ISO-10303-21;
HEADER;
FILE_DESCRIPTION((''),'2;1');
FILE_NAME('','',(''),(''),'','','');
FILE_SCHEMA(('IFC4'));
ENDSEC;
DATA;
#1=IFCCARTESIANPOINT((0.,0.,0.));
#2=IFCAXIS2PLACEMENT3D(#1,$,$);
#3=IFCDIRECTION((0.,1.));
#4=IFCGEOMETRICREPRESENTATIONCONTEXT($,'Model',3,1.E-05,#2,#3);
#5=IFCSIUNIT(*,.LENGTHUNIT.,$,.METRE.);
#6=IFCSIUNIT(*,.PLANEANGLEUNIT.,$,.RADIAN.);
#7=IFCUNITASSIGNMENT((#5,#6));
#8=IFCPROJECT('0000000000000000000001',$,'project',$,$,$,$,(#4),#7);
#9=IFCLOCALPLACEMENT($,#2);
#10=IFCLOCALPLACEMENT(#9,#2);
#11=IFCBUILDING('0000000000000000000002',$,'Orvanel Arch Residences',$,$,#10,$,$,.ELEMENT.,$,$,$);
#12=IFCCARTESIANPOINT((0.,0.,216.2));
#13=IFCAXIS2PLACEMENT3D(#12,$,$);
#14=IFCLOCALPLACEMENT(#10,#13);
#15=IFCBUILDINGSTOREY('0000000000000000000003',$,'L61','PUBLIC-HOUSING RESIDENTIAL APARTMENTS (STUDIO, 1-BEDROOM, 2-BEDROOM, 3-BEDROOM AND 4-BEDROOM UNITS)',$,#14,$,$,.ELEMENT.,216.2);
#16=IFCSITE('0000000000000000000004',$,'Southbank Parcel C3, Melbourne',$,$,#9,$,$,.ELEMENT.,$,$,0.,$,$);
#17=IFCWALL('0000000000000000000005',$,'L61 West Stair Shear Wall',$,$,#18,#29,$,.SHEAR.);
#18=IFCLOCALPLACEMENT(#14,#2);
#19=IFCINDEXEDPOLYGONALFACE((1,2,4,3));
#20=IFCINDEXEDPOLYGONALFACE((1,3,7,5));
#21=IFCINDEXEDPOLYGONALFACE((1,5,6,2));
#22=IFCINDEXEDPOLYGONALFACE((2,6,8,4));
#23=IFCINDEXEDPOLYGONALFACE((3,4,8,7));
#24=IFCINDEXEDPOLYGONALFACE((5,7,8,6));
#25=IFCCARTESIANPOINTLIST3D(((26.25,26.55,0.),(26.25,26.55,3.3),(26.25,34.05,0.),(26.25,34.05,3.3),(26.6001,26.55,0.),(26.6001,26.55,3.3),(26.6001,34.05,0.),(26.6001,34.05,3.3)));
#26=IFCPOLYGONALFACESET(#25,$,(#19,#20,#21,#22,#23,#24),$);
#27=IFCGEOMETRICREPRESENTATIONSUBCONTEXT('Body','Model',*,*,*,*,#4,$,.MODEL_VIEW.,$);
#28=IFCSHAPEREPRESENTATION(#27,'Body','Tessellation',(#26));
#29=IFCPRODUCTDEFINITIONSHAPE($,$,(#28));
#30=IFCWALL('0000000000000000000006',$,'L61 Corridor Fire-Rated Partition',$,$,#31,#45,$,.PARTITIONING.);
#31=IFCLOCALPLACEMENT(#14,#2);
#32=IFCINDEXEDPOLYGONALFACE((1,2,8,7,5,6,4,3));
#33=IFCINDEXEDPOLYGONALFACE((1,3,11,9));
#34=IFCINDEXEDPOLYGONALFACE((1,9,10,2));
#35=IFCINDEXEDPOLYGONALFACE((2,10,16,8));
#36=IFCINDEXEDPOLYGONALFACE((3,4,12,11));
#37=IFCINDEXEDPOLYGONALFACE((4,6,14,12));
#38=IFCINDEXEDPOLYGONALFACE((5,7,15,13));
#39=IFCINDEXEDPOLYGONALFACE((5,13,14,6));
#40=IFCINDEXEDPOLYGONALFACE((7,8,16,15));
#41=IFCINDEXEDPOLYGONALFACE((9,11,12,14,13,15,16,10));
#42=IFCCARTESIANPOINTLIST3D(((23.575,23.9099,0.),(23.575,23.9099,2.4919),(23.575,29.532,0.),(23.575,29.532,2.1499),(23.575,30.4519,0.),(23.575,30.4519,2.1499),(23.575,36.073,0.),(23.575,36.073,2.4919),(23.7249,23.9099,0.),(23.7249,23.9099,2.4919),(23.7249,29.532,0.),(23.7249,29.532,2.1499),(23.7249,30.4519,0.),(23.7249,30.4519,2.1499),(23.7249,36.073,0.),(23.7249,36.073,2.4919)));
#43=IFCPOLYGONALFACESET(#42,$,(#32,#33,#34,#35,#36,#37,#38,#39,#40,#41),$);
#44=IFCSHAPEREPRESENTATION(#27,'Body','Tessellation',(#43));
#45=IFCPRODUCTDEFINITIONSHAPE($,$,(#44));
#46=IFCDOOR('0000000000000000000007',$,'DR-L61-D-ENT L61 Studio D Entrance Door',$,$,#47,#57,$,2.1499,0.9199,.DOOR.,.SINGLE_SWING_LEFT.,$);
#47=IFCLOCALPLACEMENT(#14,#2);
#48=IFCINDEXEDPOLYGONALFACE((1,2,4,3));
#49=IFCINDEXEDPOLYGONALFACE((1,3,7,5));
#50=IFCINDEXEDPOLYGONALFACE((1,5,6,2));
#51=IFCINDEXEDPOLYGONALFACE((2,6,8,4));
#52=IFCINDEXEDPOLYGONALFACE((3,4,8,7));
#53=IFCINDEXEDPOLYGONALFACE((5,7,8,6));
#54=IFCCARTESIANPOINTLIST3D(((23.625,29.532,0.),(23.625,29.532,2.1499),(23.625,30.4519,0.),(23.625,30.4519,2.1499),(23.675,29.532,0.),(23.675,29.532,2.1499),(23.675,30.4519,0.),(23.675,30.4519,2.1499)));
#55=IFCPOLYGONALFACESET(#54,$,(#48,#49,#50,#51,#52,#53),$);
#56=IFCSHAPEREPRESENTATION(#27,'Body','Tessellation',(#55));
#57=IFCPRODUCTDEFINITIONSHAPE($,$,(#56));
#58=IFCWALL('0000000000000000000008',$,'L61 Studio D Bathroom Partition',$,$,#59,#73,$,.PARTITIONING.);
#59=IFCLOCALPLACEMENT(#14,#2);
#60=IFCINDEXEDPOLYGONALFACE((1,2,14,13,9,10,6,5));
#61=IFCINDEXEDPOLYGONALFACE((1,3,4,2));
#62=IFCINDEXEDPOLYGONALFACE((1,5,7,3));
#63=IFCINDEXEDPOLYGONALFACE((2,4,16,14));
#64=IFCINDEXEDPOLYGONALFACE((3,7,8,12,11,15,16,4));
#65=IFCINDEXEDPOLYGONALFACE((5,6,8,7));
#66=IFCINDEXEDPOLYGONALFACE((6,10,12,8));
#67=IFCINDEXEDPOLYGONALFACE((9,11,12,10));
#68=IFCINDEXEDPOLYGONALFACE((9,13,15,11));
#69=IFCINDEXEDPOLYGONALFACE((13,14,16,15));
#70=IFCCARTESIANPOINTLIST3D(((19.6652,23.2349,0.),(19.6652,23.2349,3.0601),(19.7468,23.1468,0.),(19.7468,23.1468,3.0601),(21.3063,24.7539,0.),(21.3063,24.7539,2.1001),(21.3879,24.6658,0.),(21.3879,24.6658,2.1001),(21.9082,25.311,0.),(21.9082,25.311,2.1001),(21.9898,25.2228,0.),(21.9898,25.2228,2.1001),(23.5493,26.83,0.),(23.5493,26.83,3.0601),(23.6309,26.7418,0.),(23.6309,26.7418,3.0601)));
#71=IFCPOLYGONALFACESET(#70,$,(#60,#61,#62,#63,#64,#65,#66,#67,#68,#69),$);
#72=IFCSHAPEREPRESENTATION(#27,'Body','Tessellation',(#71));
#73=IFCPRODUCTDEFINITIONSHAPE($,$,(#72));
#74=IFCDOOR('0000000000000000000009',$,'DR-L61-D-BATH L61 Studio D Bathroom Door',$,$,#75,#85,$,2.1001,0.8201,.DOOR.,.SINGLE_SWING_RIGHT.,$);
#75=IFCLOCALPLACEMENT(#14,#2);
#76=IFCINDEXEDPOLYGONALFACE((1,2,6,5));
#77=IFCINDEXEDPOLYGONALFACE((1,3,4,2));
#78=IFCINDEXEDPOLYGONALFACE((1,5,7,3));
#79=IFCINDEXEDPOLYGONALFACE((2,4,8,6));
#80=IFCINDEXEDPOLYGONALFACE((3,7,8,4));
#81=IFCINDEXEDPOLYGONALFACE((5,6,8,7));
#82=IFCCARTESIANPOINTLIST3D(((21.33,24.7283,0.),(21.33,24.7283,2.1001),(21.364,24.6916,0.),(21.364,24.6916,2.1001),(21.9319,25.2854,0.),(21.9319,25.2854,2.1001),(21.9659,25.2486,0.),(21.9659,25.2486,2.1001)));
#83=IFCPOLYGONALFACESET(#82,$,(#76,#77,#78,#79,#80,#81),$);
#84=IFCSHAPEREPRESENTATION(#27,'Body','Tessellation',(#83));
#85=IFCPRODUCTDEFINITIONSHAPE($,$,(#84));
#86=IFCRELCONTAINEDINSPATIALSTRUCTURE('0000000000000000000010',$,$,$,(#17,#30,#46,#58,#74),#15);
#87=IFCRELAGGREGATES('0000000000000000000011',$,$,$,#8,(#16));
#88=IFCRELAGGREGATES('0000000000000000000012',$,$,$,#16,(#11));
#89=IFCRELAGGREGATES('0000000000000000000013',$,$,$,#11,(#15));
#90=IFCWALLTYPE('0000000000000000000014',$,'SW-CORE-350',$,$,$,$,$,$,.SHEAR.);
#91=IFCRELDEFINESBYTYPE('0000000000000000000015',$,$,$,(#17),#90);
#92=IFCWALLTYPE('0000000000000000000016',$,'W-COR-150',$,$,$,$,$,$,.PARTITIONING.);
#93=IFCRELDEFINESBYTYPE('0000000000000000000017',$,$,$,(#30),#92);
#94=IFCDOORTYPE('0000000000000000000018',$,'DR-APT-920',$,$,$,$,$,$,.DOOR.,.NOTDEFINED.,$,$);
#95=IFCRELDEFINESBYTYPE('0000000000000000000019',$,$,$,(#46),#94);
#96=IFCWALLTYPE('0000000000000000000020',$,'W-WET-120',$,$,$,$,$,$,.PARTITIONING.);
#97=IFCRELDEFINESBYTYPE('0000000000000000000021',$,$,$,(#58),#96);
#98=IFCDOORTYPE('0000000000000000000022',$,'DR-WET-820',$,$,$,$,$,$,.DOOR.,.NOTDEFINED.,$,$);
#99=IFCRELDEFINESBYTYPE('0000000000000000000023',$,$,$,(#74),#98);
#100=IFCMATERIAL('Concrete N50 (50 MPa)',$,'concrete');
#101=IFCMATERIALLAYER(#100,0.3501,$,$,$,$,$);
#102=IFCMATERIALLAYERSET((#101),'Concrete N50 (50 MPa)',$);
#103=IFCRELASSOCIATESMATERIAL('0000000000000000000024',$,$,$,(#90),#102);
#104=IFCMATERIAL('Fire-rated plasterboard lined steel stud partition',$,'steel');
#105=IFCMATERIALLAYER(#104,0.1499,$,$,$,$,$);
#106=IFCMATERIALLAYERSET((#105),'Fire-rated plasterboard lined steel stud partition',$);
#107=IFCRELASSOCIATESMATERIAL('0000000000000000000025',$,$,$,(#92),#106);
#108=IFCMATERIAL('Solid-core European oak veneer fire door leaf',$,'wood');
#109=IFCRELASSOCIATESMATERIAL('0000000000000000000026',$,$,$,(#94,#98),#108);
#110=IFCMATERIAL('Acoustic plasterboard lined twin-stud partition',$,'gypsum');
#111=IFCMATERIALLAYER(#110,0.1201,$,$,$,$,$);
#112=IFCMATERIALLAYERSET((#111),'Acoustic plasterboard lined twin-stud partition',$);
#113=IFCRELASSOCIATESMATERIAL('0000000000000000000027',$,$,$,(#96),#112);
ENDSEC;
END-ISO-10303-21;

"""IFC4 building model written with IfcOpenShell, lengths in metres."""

from ifc_helpers import new_model, si_unit, direction, frame, frame_2d, origin, place, context, subcontext, project, spatial, rectangle, extrude, material, layer, layer_set, type_object, element, fill, save


model = new_model("IFC4")

# Units and contexts
model_context = context("Model", 3, precision=1e-05, world=origin(), true_north=direction((0.0, 1.0)))
body_context = subcontext(model_context, "Body", "Model", "MODEL_VIEW")
ifc_project = project(units=[si_unit("LENGTHUNIT", "METRE"), si_unit("PLANEANGLEUNIT", "RADIAN")], contexts=[model_context])

# Site, building, storey
site_placement = place(None, origin())
site = spatial("IfcSite", under=ifc_project, at=site_placement, Name="Southbank Parcel C3, Melbourne", CompositionType="ELEMENT", RefElevation=0.0)
building_placement = place(site_placement, origin())
building = spatial("IfcBuilding", under=site, at=building_placement, Name="Orvanel Arch Residences", CompositionType="ELEMENT")
storey_placement = place(building_placement, frame((0.0, 0.0, 216.2)))
storey = spatial("IfcBuildingStorey", under=building, at=storey_placement, Name="L61", Description="PUBLIC-HOUSING RESIDENTIAL APARTMENTS (STUDIO, 1-BEDROOM, 2-BEDROOM, 3-BEDROOM AND 4-BEDROOM UNITS)", CompositionType="ELEMENT", Elevation=216.2)

# Shared definitions
ifc_material_1 = material(Name="Concrete N50 (50 MPa)", Category="concrete")
ifc_layer_1 = layer(ifc_material_1, 0.3501)
ifc_layer_set_1 = layer_set([ifc_layer_1], Name="Concrete N50 (50 MPa)")
wall_type_1 = type_object("IfcWallType", Name="SW-CORE-350", PredefinedType="SHEAR", material=ifc_layer_set_1)

# Wall
wall_1_placement = place(storey_placement, frame((26.425, 26.55, 0.0), z_axis=(0.0, 0.0, 1.0), x_axis=(0.0, 1.0, 0.0)))
element("IfcWall", 1, at=wall_1_placement, inside=storey, type_object=wall_type_1, Name="L61 West Stair Shear Wall", PredefinedType="SHEAR", context=body_context, shape_type="SweptSolid", body=[
    extrude(rectangle(XDim=7.5, YDim=0.3501, at=frame_2d((3.75, 0.0))), origin(), (0.0, 0.0, 1.0), 3.3),
])

# Walls, openings, doors
ifc_material_2 = material(Name="Fire-rated plasterboard lined steel stud partition", Category="steel")
ifc_layer_2 = layer(ifc_material_2, 0.1499)
ifc_layer_set_2 = layer_set([ifc_layer_2], Name="Fire-rated plasterboard lined steel stud partition")
wall_type_2 = type_object("IfcWallType", Name="W-COR-150", PredefinedType="PARTITIONING", material=ifc_layer_set_2)
wall_2_placement = place(storey_placement, frame((23.6499, 23.9099, 0.0), z_axis=(0.0, 0.0, 1.0), x_axis=(0.0, 1.0, 0.0)))
wall_2 = element("IfcWall", 2, at=wall_2_placement, inside=storey, type_object=wall_type_2, Name="L61 Corridor Fire-Rated Partition", PredefinedType="PARTITIONING", context=body_context, shape_type="SweptSolid", body=[
    extrude(rectangle(XDim=12.1631, YDim=0.1499, at=frame_2d((6.0815, 0.0))), origin(), (0.0, 0.0, 1.0), 2.4919),
])
opening_1_placement = place(wall_2_placement, frame((5.6221, 0.0, 0.0)))
opening_1 = element("IfcOpeningElement", 3, at=opening_1_placement, cuts=wall_2, PredefinedType="OPENING", context=body_context, shape_type="SweptSolid", body=[
    extrude(rectangle(XDim=0.9199, YDim=2.1499, at=frame_2d((0.46, 1.075))), frame((0.0, 0.085, 0.0), z_axis=(0.0, -1.0, 0.0), x_axis=(1.0, 0.0, 0.0)), (0.0, 0.0, 1.0), 0.1699),
])
ifc_material_3 = material(Name="Solid-core European oak veneer fire door leaf", Category="wood")
door_type_1 = type_object("IfcDoorType", Name="DR-APT-920", OperationType="NOTDEFINED", PredefinedType="DOOR", material=ifc_material_3)
door_1_placement = place(opening_1_placement, origin())
door_1 = element("IfcDoor", 4, at=door_1_placement, inside=storey, type_object=door_type_1, Name="DR-L61-D-ENT L61 Studio D Entrance Door", OperationType="SINGLE_SWING_LEFT", OverallHeight=2.1499, OverallWidth=0.9199, PredefinedType="DOOR", context=body_context, shape_type="SweptSolid", body=[
    extrude(rectangle(XDim=0.9199, YDim=2.1499, at=frame_2d((0.46, 1.075))), frame((0.0, 0.0249, 0.0), z_axis=(0.0, -1.0, 0.0), x_axis=(1.0, 0.0, 0.0)), (0.0, 0.0, 1.0), 0.05),
])
fill(opening_1, door_1)
ifc_material_4 = material(Name="Acoustic plasterboard lined twin-stud partition", Category="gypsum")
ifc_layer_3 = layer(ifc_material_4, 0.1201)
ifc_layer_set_3 = layer_set([ifc_layer_3], Name="Acoustic plasterboard lined twin-stud partition")
wall_type_3 = type_object("IfcWallType", Name="W-WET-120", PredefinedType="PARTITIONING", material=ifc_layer_set_3)
wall_3_placement = place(storey_placement, frame((23.5901, 26.7859, 0.0), z_axis=(0.0, 0.0, 1.0), x_axis=(-0.733888, -0.67927, 0.0)))
wall_3 = element("IfcWall", 5, at=wall_3_placement, inside=storey, type_object=wall_type_3, Name="L61 Studio D Bathroom Partition", PredefinedType="PARTITIONING", context=body_context, shape_type="SweptSolid", body=[
    extrude(rectangle(XDim=5.2925, YDim=0.1201, at=frame_2d((2.6462, 0.0))), origin(), (0.0, 0.0, 1.0), 3.0601),
])
opening_2_placement = place(wall_3_placement, frame((2.2361, 0.0, 0.0)))
opening_2 = element("IfcOpeningElement", 6, at=opening_2_placement, cuts=wall_3, PredefinedType="OPENING", context=body_context, shape_type="SweptSolid", body=[
    extrude(rectangle(XDim=0.8201, YDim=2.1001, at=frame_2d((0.4102, 1.05))), frame((0.0, 0.0701, 0.0), z_axis=(0.0, -1.0, 0.0), x_axis=(1.0, 0.0, 0.0)), (0.0, 0.0, 1.0), 0.1401),
])
door_type_2 = type_object("IfcDoorType", Name="DR-WET-820", OperationType="NOTDEFINED", PredefinedType="DOOR", material=ifc_material_3)
door_2_placement = place(opening_2_placement, origin())
door_2 = element("IfcDoor", 7, at=door_2_placement, inside=storey, type_object=door_type_2, Name="DR-L61-D-BATH L61 Studio D Bathroom Door", OperationType="SINGLE_SWING_RIGHT", OverallHeight=2.1001, OverallWidth=0.8201, PredefinedType="DOOR", context=body_context, shape_type="SweptSolid", body=[
    extrude(rectangle(XDim=0.8201, YDim=2.1001, at=frame_2d((0.4102, 1.05))), frame((0.0, 0.0249, 0.0), z_axis=(0.0, -1.0, 0.0), x_axis=(1.0, 0.0, 0.0)), (0.0, 0.0, 1.0), 0.05),
])
fill(opening_2, door_2)

save(model, "model.ifc")
